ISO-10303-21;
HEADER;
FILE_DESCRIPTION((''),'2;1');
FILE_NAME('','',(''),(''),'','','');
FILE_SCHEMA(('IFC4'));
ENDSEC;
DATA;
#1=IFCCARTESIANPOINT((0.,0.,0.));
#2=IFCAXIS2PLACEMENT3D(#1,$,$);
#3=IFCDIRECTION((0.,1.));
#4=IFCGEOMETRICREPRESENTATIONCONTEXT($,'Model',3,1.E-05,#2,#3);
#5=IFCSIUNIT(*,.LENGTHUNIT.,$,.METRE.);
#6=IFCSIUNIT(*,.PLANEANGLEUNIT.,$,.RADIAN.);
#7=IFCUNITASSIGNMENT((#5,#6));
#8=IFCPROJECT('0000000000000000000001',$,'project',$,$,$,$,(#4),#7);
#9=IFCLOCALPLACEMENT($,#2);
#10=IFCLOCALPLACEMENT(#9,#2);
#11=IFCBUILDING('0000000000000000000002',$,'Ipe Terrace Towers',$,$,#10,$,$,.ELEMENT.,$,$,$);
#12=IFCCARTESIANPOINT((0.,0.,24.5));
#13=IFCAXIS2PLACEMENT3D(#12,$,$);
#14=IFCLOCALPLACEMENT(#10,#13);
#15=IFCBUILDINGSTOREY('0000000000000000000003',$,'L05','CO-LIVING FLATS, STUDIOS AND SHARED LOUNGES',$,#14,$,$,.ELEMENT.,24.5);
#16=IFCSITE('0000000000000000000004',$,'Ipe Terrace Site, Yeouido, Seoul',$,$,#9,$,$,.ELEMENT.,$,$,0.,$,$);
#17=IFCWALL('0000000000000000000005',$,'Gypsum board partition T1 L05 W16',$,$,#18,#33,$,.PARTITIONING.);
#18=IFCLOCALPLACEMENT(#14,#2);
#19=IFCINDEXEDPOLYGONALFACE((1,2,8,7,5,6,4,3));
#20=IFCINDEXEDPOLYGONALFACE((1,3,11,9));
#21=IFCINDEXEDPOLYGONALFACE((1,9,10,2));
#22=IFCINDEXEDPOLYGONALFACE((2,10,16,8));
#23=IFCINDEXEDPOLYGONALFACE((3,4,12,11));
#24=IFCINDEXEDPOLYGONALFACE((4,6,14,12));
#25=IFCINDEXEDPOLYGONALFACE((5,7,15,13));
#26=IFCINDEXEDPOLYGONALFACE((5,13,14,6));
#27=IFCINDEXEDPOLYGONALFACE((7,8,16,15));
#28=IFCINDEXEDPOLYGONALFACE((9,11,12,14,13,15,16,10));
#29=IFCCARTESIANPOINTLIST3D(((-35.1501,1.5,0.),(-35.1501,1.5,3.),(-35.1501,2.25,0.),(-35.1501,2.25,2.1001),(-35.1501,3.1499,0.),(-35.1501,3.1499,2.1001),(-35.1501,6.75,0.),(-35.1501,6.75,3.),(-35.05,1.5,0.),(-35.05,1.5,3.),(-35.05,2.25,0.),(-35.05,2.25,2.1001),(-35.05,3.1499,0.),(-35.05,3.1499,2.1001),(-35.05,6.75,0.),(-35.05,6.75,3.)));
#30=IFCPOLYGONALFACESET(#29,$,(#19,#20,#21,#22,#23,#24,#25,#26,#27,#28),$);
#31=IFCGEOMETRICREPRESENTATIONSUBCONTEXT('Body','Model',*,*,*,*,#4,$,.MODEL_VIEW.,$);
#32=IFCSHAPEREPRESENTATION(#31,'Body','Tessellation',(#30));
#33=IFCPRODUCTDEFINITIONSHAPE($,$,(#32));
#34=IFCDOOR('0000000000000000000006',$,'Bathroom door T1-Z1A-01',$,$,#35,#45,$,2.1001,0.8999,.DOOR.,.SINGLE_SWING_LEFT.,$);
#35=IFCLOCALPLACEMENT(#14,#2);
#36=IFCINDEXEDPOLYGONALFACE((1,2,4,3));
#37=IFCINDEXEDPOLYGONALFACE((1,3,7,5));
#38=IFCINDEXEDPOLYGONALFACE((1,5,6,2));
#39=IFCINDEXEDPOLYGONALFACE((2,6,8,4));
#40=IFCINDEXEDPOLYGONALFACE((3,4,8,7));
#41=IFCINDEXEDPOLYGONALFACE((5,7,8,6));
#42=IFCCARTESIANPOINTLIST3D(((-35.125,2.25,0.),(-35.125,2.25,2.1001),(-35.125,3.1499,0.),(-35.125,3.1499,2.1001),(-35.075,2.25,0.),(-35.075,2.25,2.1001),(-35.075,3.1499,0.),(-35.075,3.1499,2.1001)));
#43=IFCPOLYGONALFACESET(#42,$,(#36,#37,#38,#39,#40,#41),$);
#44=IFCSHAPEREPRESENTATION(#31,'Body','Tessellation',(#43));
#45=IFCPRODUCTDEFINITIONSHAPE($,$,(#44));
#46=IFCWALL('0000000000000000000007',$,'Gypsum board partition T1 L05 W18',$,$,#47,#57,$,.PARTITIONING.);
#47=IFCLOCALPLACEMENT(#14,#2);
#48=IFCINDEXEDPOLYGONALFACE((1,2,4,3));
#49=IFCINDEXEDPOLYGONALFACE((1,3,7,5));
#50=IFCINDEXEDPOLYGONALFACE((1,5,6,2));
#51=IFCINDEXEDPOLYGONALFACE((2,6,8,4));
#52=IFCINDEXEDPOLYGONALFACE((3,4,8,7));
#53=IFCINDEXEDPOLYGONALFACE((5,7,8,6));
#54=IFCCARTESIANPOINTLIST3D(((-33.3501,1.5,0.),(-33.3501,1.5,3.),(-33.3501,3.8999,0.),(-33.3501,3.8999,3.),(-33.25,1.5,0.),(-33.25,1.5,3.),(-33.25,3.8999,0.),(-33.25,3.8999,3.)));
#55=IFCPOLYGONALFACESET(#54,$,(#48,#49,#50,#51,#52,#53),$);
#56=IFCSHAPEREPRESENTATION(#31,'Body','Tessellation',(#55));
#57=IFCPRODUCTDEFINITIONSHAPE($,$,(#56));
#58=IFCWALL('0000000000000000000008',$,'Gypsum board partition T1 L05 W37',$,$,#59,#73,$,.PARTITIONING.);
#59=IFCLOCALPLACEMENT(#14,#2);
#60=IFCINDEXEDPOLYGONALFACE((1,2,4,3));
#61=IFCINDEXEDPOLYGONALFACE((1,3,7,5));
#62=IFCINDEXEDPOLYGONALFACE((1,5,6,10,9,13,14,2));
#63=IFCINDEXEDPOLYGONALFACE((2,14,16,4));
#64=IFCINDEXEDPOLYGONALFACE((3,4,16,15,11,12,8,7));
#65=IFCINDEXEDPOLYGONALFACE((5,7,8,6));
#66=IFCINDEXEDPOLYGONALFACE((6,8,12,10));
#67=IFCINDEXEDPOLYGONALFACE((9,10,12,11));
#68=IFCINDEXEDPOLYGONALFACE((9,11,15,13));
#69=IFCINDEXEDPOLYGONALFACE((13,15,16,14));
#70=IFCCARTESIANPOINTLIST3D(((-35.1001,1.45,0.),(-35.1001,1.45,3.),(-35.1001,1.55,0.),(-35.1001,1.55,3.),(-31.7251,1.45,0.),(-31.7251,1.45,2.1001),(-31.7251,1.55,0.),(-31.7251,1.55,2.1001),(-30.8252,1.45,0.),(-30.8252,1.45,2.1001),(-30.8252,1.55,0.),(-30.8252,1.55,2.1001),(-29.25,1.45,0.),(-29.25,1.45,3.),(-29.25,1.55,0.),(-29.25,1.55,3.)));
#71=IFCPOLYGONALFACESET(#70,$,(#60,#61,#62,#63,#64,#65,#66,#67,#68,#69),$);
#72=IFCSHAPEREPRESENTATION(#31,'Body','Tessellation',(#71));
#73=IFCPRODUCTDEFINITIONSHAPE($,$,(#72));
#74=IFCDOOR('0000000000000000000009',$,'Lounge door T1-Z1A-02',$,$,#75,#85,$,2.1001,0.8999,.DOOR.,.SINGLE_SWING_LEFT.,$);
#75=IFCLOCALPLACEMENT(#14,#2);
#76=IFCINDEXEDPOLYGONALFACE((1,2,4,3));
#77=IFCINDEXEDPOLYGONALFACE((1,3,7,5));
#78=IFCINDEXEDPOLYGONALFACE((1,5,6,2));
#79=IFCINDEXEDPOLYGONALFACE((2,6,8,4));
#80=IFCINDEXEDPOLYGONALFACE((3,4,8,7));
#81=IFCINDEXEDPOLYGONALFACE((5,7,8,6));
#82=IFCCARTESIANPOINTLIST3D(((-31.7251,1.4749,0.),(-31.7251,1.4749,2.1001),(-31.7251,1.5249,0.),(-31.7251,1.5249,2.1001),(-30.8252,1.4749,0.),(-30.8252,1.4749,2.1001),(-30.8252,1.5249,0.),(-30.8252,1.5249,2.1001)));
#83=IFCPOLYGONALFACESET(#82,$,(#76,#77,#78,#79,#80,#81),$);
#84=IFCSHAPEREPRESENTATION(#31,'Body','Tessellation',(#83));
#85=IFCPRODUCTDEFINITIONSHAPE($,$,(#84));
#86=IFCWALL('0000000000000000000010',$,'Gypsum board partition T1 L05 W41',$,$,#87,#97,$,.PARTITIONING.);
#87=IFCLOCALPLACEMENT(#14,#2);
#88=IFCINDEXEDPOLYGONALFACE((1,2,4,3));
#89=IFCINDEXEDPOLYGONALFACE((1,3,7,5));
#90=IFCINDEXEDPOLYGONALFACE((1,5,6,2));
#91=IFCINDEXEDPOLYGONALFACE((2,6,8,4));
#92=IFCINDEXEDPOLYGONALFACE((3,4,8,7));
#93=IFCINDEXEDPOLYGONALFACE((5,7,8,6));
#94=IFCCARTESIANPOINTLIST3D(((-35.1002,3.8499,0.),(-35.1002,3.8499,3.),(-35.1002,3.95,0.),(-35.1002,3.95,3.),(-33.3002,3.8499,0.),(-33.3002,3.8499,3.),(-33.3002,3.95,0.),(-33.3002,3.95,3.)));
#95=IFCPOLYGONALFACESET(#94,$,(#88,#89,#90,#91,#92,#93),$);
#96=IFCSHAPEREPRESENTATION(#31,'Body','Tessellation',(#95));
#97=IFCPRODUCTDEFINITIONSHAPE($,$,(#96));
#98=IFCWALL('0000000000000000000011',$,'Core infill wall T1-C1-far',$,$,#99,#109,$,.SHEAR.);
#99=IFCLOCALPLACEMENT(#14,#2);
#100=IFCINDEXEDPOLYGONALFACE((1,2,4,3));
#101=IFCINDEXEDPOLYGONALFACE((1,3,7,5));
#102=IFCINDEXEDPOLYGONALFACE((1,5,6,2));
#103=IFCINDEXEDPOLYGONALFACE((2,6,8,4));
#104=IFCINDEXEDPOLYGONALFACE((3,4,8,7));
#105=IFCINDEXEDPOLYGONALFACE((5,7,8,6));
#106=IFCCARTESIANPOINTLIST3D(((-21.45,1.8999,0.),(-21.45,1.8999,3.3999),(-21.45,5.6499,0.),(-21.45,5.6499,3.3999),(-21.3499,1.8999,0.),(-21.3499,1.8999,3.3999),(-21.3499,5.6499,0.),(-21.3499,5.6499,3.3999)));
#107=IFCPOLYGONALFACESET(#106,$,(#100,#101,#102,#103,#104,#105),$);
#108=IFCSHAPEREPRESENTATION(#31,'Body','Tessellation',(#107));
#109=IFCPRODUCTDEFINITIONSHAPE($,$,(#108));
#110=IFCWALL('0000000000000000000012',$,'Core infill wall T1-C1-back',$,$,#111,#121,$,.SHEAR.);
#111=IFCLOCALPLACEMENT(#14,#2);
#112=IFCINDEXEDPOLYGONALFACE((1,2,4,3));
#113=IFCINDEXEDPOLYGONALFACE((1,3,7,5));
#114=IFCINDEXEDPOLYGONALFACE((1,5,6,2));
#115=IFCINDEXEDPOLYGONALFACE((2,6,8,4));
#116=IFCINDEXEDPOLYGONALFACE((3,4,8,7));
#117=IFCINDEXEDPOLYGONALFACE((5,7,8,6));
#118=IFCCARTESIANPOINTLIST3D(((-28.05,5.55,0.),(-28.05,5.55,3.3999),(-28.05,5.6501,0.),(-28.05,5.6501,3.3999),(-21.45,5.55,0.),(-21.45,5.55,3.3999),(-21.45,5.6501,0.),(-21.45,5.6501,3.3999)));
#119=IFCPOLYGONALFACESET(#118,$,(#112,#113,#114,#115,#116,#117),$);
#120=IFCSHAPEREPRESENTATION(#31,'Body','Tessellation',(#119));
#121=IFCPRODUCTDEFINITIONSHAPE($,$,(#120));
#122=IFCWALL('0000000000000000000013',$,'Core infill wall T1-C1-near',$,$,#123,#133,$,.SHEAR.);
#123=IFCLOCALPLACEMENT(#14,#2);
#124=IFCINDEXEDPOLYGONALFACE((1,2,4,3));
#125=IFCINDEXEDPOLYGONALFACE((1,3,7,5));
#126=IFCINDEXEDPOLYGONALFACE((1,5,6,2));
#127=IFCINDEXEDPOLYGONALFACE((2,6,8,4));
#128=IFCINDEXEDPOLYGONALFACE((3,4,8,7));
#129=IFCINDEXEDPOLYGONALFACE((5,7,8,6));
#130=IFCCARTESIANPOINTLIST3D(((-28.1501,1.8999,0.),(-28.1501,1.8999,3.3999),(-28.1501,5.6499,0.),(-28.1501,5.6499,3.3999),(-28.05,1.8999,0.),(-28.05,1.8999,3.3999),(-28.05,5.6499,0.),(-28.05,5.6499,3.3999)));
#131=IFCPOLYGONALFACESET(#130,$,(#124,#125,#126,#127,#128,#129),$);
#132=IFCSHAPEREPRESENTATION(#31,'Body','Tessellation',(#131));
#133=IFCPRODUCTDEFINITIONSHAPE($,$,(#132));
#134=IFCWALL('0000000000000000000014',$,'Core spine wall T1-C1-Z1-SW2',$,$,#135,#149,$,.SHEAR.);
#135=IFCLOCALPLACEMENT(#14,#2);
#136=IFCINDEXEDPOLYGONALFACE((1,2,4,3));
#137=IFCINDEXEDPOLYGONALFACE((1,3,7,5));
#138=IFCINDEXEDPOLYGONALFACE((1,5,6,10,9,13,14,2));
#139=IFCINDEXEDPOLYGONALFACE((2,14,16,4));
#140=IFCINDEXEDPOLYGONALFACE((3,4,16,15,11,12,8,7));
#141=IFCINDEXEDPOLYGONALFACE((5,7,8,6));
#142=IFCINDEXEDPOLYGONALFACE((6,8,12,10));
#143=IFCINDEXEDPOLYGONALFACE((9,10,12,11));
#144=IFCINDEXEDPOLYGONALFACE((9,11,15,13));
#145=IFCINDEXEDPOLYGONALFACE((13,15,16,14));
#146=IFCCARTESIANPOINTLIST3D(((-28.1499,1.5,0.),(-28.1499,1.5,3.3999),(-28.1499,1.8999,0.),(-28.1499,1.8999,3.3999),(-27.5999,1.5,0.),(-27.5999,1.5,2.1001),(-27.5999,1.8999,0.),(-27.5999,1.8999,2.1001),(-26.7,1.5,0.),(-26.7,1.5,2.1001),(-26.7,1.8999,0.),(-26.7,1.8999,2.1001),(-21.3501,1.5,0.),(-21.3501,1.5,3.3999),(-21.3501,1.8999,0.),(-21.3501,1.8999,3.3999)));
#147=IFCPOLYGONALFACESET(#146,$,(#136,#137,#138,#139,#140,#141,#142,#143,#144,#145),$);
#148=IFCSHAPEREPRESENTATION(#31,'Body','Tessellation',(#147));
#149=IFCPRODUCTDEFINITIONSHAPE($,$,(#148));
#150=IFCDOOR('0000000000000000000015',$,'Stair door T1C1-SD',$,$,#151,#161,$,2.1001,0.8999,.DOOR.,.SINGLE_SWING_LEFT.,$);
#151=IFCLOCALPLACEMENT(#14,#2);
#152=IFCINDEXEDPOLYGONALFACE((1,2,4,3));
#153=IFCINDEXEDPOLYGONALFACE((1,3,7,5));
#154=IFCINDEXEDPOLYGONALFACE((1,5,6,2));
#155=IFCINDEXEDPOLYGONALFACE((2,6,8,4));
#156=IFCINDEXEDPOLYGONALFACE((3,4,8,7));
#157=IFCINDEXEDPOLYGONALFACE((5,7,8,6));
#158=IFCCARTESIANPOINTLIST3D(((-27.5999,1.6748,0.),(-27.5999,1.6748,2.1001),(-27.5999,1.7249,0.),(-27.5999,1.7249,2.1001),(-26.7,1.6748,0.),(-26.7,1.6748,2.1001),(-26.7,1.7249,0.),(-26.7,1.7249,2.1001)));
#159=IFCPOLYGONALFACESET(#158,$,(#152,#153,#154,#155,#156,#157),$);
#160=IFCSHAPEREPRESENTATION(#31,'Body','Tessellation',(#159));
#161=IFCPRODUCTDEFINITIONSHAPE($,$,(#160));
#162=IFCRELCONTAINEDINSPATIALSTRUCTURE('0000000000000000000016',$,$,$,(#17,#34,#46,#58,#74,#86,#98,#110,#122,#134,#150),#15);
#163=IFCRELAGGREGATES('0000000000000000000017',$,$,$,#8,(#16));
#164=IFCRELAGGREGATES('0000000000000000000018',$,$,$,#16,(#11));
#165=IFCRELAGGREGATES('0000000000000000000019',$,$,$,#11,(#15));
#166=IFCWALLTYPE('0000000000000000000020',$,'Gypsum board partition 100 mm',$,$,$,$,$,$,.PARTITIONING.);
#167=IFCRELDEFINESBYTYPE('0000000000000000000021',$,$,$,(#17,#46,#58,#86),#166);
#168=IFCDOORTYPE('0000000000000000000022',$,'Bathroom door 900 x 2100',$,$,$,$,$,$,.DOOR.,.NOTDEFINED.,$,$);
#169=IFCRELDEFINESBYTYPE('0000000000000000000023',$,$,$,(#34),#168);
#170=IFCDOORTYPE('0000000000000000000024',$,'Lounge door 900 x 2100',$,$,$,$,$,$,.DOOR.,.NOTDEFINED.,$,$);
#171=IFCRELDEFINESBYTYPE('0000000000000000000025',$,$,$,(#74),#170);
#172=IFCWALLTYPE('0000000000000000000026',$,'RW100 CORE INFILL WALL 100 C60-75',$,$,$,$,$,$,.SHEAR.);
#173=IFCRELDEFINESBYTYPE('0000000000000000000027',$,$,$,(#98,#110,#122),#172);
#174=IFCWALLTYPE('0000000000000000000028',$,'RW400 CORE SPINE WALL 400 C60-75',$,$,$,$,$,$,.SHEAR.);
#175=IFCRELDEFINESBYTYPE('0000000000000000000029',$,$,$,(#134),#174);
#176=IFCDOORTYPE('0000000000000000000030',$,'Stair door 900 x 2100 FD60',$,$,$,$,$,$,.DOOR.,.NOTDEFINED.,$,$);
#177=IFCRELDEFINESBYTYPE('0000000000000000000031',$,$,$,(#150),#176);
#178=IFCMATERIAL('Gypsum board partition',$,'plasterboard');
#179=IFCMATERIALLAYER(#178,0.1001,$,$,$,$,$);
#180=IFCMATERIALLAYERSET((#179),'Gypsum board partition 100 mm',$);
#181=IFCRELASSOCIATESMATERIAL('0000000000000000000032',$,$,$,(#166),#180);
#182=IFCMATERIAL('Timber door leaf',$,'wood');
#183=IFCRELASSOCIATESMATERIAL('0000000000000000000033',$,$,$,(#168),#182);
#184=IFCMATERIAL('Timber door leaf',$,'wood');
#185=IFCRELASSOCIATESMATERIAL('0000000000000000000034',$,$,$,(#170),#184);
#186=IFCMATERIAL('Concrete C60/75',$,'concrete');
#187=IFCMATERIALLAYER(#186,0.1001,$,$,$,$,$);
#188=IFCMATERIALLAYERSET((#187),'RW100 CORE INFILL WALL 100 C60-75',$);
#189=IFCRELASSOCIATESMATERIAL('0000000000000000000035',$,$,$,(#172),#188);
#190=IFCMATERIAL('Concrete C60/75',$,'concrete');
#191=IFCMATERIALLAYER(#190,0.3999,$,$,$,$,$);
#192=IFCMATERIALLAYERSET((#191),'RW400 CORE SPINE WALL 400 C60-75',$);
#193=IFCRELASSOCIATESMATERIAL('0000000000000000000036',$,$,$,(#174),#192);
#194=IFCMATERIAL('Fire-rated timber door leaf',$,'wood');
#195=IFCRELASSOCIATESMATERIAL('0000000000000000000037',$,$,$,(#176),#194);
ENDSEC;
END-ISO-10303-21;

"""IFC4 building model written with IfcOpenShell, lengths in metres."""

from ifc_helpers import new_model, si_unit, direction, frame, frame_2d, origin, place, context, subcontext, project, spatial, rectangle, extrude, material, layer, layer_set, type_object, element, fill, save


model = new_model("IFC4")

# Units and contexts
model_context = context("Model", 3, precision=1e-05, world=origin(), true_north=direction((0.0, 1.0)))
body_context = subcontext(model_context, "Body", "Model", "MODEL_VIEW")
ifc_project = project(units=[si_unit("LENGTHUNIT", "METRE"), si_unit("PLANEANGLEUNIT", "RADIAN")], contexts=[model_context])

# Site, building, storey
site_placement = place(None, origin())
site = spatial("IfcSite", under=ifc_project, at=site_placement, Name="Ipe Terrace Site, Yeouido, Seoul", CompositionType="ELEMENT", RefElevation=0.0)
building_placement = place(site_placement, origin())
building = spatial("IfcBuilding", under=site, at=building_placement, Name="Ipe Terrace Towers", CompositionType="ELEMENT")
storey_placement = place(building_placement, frame((0.0, 0.0, 24.5)))
storey = spatial("IfcBuildingStorey", under=building, at=storey_placement, Name="L05", Description="CO-LIVING FLATS, STUDIOS AND SHARED LOUNGES", CompositionType="ELEMENT", Elevation=24.5)

# Wall, opening, door
ifc_material_1 = material(Name="Gypsum board partition", Category="plasterboard")
ifc_layer_1 = layer(ifc_material_1, 0.1001)
ifc_layer_set_1 = layer_set([ifc_layer_1], Name="Gypsum board partition 100 mm")
wall_type_1 = type_object("IfcWallType", Name="Gypsum board partition 100 mm", PredefinedType="PARTITIONING", material=ifc_layer_set_1)
wall_1_placement = place(storey_placement, frame((-35.1001, 1.5, 0.0), z_axis=(0.0, 0.0, 1.0), x_axis=(0.0, 1.0, 0.0)))
wall_1 = element("IfcWall", 1, at=wall_1_placement, inside=storey, type_object=wall_type_1, Name="Gypsum board partition T1 L05 W16", PredefinedType="PARTITIONING", context=body_context, shape_type="SweptSolid", body=[
    extrude(rectangle(XDim=5.25, YDim=0.1001, at=frame_2d((2.625, 0.0))), origin(), (0.0, 0.0, 1.0), 3.0),
])
opening_1_placement = place(wall_1_placement, frame((0.75, 0.0, 0.0)))
opening_1 = element("IfcOpeningElement", 2, at=opening_1_placement, cuts=wall_1, PredefinedType="OPENING", context=body_context, shape_type="SweptSolid", body=[
    extrude(rectangle(XDim=0.8999, YDim=2.1001, at=frame_2d((0.45, 1.05))), frame((0.0, 0.0601, 0.0), z_axis=(0.0, -1.0, 0.0), x_axis=(1.0, 0.0, 0.0)), (0.0, 0.0, 1.0), 0.1201),
])
ifc_material_2 = material(Name="Timber door leaf", Category="wood")
door_type_1 = type_object("IfcDoorType", Name="Bathroom door 900 x 2100", OperationType="NOTDEFINED", PredefinedType="DOOR", material=ifc_material_2)
door_1_placement = place(opening_1_placement, origin())
door_1 = element("IfcDoor", 3, at=door_1_placement, inside=storey, type_object=door_type_1, Name="Bathroom door T1-Z1A-01", OperationType="SINGLE_SWING_LEFT", OverallHeight=2.1001, OverallWidth=0.8999, PredefinedType="DOOR", context=body_context, shape_type="SweptSolid", body=[
    extrude(rectangle(XDim=0.8999, YDim=2.1001, at=frame_2d((0.45, 1.05))), frame((0.0, 0.0249, 0.0), z_axis=(0.0, -1.0, 0.0), x_axis=(1.0, 0.0, 0.0)), (0.0, 0.0, 1.0), 0.05),
])
fill(opening_1, door_1)

# Wall
wall_2_placement = place(storey_placement, frame((-33.3, 1.5, 0.0), z_axis=(0.0, 0.0, 1.0), x_axis=(0.0, 1.0, 0.0)))
element("IfcWall", 4, at=wall_2_placement, inside=storey, type_object=wall_type_1, Name="Gypsum board partition T1 L05 W18", PredefinedType="PARTITIONING", context=body_context, shape_type="SweptSolid", body=[
    extrude(rectangle(XDim=2.3999, YDim=0.1001, at=frame_2d((1.2, 0.0))), origin(), (0.0, 0.0, 1.0), 3.0),
])

# Wall, opening, door
wall_3_placement = place(storey_placement, frame((-35.1001, 1.5, 0.0), z_axis=(0.0, 0.0, 1.0), x_axis=(1.0, 0.0, 0.0)))
wall_3 = element("IfcWall", 5, at=wall_3_placement, inside=storey, type_object=wall_type_1, Name="Gypsum board partition T1 L05 W37", PredefinedType="PARTITIONING", context=body_context, shape_type="SweptSolid", body=[
    extrude(rectangle(XDim=5.8501, YDim=0.1001, at=frame_2d((2.925, 0.0))), origin(), (0.0, 0.0, 1.0), 3.0),
])
opening_2_placement = place(wall_3_placement, frame((3.375, 0.0, 0.0)))
opening_2 = element("IfcOpeningElement", 6, at=opening_2_placement, cuts=wall_3, PredefinedType="OPENING", context=body_context, shape_type="SweptSolid", body=[
    extrude(rectangle(XDim=0.8999, YDim=2.1001, at=frame_2d((0.45, 1.05))), frame((0.0, 0.0601, 0.0), z_axis=(0.0, -1.0, 0.0), x_axis=(1.0, 0.0, 0.0)), (0.0, 0.0, 1.0), 0.1201),
])
ifc_material_3 = material(Name="Timber door leaf", Category="wood")
door_type_2 = type_object("IfcDoorType", Name="Lounge door 900 x 2100", OperationType="NOTDEFINED", PredefinedType="DOOR", material=ifc_material_3)
door_2_placement = place(opening_2_placement, origin())
door_2 = element("IfcDoor", 7, at=door_2_placement, inside=storey, type_object=door_type_2, Name="Lounge door T1-Z1A-02", OperationType="SINGLE_SWING_LEFT", OverallHeight=2.1001, OverallWidth=0.8999, PredefinedType="DOOR", context=body_context, shape_type="SweptSolid", body=[
    extrude(rectangle(XDim=0.8999, YDim=2.1001, at=frame_2d((0.45, 1.05))), frame((0.0, 0.0249, 0.0), z_axis=(0.0, -1.0, 0.0), x_axis=(1.0, 0.0, 0.0)), (0.0, 0.0, 1.0), 0.05),
])
fill(opening_2, door_2)

# Walls
wall_4_placement = place(storey_placement, frame((-35.1001, 3.8999, 0.0), z_axis=(0.0, 0.0, 1.0), x_axis=(1.0, 0.0, 0.0)))
element("IfcWall", 8, at=wall_4_placement, inside=storey, type_object=wall_type_1, Name="Gypsum board partition T1 L05 W41", PredefinedType="PARTITIONING", context=body_context, shape_type="SweptSolid", body=[
    extrude(rectangle(XDim=1.8, YDim=0.1001, at=frame_2d((0.8999, 0.0))), origin(), (0.0, 0.0, 1.0), 3.0),
])
ifc_material_4 = material(Name="Concrete C60/75", Category="concrete")
ifc_layer_2 = layer(ifc_material_4, 0.1001)
ifc_layer_set_2 = layer_set([ifc_layer_2], Name="RW100 CORE INFILL WALL 100 C60-75")
wall_type_2 = type_object("IfcWallType", Name="RW100 CORE INFILL WALL 100 C60-75", PredefinedType="SHEAR", material=ifc_layer_set_2)
wall_5_placement = place(storey_placement, frame((-21.3999, 1.8999, 0.0), z_axis=(0.0, 0.0, 1.0), x_axis=(0.0, 1.0, 0.0)))
element("IfcWall", 9, at=wall_5_placement, inside=storey, type_object=wall_type_2, Name="Core infill wall T1-C1-far", PredefinedType="SHEAR", context=body_context, shape_type="SweptSolid", body=[
    extrude(rectangle(XDim=3.75, YDim=0.1001, at=frame_2d((1.875, 0.0))), origin(), (0.0, 0.0, 1.0), 3.3999),
])
wall_6_placement = place(storey_placement, frame((-28.05, 5.6001, 0.0), z_axis=(0.0, 0.0, 1.0), x_axis=(1.0, 0.0, 0.0)))
element("IfcWall", 10, at=wall_6_placement, inside=storey, type_object=wall_type_2, Name="Core infill wall T1-C1-back", PredefinedType="SHEAR", context=body_context, shape_type="SweptSolid", body=[
    extrude(rectangle(XDim=6.6001, YDim=0.1001, at=frame_2d((3.3, 0.0))), origin(), (0.0, 0.0, 1.0), 3.3999),
])
wall_7_placement = place(storey_placement, frame((-28.1001, 1.8999, 0.0), z_axis=(0.0, 0.0, 1.0), x_axis=(0.0, 1.0, 0.0)))
element("IfcWall", 11, at=wall_7_placement, inside=storey, type_object=wall_type_2, Name="Core infill wall T1-C1-near", PredefinedType="SHEAR", context=body_context, shape_type="SweptSolid", body=[
    extrude(rectangle(XDim=3.75, YDim=0.1001, at=frame_2d((1.875, 0.0))), origin(), (0.0, 0.0, 1.0), 3.3999),
])

# Wall, opening, door
ifc_material_5 = material(Name="Concrete C60/75", Category="concrete")
ifc_layer_3 = layer(ifc_material_5, 0.3999)
ifc_layer_set_3 = layer_set([ifc_layer_3], Name="RW400 CORE SPINE WALL 400 C60-75")
wall_type_3 = type_object("IfcWallType", Name="RW400 CORE SPINE WALL 400 C60-75", PredefinedType="SHEAR", material=ifc_layer_set_3)
wall_8_placement = place(storey_placement, frame((-28.1499, 1.7, 0.0), z_axis=(0.0, 0.0, 1.0), x_axis=(1.0, 0.0, 0.0)))
wall_8 = element("IfcWall", 12, at=wall_8_placement, inside=storey, type_object=wall_type_3, Name="Core spine wall T1-C1-Z1-SW2", PredefinedType="SHEAR", context=body_context, shape_type="SweptSolid", body=[
    extrude(rectangle(XDim=6.7998, YDim=0.3999, at=frame_2d((3.3999, 0.0))), origin(), (0.0, 0.0, 1.0), 3.3999),
])
opening_3_placement = place(wall_8_placement, frame((0.55, 0.0, 0.0)))
opening_3 = element("IfcOpeningElement", 13, at=opening_3_placement, cuts=wall_8, PredefinedType="OPENING", context=body_context, shape_type="SweptSolid", body=[
    extrude(rectangle(XDim=0.8999, YDim=2.1001, at=frame_2d((0.45, 1.05))), frame((0.0, 0.21, 0.0), z_axis=(0.0, -1.0, 0.0), x_axis=(1.0, 0.0, 0.0)), (0.0, 0.0, 1.0), 0.4199),
])
ifc_material_6 = material(Name="Fire-rated timber door leaf", Category="wood")
door_type_3 = type_object("IfcDoorType", Name="Stair door 900 x 2100 FD60", OperationType="NOTDEFINED", PredefinedType="DOOR", material=ifc_material_6)
door_3_placement = place(opening_3_placement, origin())
door_3 = element("IfcDoor", 14, at=door_3_placement, inside=storey, type_object=door_type_3, Name="Stair door T1C1-SD", OperationType="SINGLE_SWING_LEFT", OverallHeight=2.1001, OverallWidth=0.8999, PredefinedType="DOOR", context=body_context, shape_type="SweptSolid", body=[
    extrude(rectangle(XDim=0.8999, YDim=2.1001, at=frame_2d((0.45, 1.05))), frame((0.0, 0.0249, 0.0), z_axis=(0.0, -1.0, 0.0), x_axis=(1.0, 0.0, 0.0)), (0.0, 0.0, 1.0), 0.05),
])
fill(opening_3, door_3)

save(model, "model.ifc")
